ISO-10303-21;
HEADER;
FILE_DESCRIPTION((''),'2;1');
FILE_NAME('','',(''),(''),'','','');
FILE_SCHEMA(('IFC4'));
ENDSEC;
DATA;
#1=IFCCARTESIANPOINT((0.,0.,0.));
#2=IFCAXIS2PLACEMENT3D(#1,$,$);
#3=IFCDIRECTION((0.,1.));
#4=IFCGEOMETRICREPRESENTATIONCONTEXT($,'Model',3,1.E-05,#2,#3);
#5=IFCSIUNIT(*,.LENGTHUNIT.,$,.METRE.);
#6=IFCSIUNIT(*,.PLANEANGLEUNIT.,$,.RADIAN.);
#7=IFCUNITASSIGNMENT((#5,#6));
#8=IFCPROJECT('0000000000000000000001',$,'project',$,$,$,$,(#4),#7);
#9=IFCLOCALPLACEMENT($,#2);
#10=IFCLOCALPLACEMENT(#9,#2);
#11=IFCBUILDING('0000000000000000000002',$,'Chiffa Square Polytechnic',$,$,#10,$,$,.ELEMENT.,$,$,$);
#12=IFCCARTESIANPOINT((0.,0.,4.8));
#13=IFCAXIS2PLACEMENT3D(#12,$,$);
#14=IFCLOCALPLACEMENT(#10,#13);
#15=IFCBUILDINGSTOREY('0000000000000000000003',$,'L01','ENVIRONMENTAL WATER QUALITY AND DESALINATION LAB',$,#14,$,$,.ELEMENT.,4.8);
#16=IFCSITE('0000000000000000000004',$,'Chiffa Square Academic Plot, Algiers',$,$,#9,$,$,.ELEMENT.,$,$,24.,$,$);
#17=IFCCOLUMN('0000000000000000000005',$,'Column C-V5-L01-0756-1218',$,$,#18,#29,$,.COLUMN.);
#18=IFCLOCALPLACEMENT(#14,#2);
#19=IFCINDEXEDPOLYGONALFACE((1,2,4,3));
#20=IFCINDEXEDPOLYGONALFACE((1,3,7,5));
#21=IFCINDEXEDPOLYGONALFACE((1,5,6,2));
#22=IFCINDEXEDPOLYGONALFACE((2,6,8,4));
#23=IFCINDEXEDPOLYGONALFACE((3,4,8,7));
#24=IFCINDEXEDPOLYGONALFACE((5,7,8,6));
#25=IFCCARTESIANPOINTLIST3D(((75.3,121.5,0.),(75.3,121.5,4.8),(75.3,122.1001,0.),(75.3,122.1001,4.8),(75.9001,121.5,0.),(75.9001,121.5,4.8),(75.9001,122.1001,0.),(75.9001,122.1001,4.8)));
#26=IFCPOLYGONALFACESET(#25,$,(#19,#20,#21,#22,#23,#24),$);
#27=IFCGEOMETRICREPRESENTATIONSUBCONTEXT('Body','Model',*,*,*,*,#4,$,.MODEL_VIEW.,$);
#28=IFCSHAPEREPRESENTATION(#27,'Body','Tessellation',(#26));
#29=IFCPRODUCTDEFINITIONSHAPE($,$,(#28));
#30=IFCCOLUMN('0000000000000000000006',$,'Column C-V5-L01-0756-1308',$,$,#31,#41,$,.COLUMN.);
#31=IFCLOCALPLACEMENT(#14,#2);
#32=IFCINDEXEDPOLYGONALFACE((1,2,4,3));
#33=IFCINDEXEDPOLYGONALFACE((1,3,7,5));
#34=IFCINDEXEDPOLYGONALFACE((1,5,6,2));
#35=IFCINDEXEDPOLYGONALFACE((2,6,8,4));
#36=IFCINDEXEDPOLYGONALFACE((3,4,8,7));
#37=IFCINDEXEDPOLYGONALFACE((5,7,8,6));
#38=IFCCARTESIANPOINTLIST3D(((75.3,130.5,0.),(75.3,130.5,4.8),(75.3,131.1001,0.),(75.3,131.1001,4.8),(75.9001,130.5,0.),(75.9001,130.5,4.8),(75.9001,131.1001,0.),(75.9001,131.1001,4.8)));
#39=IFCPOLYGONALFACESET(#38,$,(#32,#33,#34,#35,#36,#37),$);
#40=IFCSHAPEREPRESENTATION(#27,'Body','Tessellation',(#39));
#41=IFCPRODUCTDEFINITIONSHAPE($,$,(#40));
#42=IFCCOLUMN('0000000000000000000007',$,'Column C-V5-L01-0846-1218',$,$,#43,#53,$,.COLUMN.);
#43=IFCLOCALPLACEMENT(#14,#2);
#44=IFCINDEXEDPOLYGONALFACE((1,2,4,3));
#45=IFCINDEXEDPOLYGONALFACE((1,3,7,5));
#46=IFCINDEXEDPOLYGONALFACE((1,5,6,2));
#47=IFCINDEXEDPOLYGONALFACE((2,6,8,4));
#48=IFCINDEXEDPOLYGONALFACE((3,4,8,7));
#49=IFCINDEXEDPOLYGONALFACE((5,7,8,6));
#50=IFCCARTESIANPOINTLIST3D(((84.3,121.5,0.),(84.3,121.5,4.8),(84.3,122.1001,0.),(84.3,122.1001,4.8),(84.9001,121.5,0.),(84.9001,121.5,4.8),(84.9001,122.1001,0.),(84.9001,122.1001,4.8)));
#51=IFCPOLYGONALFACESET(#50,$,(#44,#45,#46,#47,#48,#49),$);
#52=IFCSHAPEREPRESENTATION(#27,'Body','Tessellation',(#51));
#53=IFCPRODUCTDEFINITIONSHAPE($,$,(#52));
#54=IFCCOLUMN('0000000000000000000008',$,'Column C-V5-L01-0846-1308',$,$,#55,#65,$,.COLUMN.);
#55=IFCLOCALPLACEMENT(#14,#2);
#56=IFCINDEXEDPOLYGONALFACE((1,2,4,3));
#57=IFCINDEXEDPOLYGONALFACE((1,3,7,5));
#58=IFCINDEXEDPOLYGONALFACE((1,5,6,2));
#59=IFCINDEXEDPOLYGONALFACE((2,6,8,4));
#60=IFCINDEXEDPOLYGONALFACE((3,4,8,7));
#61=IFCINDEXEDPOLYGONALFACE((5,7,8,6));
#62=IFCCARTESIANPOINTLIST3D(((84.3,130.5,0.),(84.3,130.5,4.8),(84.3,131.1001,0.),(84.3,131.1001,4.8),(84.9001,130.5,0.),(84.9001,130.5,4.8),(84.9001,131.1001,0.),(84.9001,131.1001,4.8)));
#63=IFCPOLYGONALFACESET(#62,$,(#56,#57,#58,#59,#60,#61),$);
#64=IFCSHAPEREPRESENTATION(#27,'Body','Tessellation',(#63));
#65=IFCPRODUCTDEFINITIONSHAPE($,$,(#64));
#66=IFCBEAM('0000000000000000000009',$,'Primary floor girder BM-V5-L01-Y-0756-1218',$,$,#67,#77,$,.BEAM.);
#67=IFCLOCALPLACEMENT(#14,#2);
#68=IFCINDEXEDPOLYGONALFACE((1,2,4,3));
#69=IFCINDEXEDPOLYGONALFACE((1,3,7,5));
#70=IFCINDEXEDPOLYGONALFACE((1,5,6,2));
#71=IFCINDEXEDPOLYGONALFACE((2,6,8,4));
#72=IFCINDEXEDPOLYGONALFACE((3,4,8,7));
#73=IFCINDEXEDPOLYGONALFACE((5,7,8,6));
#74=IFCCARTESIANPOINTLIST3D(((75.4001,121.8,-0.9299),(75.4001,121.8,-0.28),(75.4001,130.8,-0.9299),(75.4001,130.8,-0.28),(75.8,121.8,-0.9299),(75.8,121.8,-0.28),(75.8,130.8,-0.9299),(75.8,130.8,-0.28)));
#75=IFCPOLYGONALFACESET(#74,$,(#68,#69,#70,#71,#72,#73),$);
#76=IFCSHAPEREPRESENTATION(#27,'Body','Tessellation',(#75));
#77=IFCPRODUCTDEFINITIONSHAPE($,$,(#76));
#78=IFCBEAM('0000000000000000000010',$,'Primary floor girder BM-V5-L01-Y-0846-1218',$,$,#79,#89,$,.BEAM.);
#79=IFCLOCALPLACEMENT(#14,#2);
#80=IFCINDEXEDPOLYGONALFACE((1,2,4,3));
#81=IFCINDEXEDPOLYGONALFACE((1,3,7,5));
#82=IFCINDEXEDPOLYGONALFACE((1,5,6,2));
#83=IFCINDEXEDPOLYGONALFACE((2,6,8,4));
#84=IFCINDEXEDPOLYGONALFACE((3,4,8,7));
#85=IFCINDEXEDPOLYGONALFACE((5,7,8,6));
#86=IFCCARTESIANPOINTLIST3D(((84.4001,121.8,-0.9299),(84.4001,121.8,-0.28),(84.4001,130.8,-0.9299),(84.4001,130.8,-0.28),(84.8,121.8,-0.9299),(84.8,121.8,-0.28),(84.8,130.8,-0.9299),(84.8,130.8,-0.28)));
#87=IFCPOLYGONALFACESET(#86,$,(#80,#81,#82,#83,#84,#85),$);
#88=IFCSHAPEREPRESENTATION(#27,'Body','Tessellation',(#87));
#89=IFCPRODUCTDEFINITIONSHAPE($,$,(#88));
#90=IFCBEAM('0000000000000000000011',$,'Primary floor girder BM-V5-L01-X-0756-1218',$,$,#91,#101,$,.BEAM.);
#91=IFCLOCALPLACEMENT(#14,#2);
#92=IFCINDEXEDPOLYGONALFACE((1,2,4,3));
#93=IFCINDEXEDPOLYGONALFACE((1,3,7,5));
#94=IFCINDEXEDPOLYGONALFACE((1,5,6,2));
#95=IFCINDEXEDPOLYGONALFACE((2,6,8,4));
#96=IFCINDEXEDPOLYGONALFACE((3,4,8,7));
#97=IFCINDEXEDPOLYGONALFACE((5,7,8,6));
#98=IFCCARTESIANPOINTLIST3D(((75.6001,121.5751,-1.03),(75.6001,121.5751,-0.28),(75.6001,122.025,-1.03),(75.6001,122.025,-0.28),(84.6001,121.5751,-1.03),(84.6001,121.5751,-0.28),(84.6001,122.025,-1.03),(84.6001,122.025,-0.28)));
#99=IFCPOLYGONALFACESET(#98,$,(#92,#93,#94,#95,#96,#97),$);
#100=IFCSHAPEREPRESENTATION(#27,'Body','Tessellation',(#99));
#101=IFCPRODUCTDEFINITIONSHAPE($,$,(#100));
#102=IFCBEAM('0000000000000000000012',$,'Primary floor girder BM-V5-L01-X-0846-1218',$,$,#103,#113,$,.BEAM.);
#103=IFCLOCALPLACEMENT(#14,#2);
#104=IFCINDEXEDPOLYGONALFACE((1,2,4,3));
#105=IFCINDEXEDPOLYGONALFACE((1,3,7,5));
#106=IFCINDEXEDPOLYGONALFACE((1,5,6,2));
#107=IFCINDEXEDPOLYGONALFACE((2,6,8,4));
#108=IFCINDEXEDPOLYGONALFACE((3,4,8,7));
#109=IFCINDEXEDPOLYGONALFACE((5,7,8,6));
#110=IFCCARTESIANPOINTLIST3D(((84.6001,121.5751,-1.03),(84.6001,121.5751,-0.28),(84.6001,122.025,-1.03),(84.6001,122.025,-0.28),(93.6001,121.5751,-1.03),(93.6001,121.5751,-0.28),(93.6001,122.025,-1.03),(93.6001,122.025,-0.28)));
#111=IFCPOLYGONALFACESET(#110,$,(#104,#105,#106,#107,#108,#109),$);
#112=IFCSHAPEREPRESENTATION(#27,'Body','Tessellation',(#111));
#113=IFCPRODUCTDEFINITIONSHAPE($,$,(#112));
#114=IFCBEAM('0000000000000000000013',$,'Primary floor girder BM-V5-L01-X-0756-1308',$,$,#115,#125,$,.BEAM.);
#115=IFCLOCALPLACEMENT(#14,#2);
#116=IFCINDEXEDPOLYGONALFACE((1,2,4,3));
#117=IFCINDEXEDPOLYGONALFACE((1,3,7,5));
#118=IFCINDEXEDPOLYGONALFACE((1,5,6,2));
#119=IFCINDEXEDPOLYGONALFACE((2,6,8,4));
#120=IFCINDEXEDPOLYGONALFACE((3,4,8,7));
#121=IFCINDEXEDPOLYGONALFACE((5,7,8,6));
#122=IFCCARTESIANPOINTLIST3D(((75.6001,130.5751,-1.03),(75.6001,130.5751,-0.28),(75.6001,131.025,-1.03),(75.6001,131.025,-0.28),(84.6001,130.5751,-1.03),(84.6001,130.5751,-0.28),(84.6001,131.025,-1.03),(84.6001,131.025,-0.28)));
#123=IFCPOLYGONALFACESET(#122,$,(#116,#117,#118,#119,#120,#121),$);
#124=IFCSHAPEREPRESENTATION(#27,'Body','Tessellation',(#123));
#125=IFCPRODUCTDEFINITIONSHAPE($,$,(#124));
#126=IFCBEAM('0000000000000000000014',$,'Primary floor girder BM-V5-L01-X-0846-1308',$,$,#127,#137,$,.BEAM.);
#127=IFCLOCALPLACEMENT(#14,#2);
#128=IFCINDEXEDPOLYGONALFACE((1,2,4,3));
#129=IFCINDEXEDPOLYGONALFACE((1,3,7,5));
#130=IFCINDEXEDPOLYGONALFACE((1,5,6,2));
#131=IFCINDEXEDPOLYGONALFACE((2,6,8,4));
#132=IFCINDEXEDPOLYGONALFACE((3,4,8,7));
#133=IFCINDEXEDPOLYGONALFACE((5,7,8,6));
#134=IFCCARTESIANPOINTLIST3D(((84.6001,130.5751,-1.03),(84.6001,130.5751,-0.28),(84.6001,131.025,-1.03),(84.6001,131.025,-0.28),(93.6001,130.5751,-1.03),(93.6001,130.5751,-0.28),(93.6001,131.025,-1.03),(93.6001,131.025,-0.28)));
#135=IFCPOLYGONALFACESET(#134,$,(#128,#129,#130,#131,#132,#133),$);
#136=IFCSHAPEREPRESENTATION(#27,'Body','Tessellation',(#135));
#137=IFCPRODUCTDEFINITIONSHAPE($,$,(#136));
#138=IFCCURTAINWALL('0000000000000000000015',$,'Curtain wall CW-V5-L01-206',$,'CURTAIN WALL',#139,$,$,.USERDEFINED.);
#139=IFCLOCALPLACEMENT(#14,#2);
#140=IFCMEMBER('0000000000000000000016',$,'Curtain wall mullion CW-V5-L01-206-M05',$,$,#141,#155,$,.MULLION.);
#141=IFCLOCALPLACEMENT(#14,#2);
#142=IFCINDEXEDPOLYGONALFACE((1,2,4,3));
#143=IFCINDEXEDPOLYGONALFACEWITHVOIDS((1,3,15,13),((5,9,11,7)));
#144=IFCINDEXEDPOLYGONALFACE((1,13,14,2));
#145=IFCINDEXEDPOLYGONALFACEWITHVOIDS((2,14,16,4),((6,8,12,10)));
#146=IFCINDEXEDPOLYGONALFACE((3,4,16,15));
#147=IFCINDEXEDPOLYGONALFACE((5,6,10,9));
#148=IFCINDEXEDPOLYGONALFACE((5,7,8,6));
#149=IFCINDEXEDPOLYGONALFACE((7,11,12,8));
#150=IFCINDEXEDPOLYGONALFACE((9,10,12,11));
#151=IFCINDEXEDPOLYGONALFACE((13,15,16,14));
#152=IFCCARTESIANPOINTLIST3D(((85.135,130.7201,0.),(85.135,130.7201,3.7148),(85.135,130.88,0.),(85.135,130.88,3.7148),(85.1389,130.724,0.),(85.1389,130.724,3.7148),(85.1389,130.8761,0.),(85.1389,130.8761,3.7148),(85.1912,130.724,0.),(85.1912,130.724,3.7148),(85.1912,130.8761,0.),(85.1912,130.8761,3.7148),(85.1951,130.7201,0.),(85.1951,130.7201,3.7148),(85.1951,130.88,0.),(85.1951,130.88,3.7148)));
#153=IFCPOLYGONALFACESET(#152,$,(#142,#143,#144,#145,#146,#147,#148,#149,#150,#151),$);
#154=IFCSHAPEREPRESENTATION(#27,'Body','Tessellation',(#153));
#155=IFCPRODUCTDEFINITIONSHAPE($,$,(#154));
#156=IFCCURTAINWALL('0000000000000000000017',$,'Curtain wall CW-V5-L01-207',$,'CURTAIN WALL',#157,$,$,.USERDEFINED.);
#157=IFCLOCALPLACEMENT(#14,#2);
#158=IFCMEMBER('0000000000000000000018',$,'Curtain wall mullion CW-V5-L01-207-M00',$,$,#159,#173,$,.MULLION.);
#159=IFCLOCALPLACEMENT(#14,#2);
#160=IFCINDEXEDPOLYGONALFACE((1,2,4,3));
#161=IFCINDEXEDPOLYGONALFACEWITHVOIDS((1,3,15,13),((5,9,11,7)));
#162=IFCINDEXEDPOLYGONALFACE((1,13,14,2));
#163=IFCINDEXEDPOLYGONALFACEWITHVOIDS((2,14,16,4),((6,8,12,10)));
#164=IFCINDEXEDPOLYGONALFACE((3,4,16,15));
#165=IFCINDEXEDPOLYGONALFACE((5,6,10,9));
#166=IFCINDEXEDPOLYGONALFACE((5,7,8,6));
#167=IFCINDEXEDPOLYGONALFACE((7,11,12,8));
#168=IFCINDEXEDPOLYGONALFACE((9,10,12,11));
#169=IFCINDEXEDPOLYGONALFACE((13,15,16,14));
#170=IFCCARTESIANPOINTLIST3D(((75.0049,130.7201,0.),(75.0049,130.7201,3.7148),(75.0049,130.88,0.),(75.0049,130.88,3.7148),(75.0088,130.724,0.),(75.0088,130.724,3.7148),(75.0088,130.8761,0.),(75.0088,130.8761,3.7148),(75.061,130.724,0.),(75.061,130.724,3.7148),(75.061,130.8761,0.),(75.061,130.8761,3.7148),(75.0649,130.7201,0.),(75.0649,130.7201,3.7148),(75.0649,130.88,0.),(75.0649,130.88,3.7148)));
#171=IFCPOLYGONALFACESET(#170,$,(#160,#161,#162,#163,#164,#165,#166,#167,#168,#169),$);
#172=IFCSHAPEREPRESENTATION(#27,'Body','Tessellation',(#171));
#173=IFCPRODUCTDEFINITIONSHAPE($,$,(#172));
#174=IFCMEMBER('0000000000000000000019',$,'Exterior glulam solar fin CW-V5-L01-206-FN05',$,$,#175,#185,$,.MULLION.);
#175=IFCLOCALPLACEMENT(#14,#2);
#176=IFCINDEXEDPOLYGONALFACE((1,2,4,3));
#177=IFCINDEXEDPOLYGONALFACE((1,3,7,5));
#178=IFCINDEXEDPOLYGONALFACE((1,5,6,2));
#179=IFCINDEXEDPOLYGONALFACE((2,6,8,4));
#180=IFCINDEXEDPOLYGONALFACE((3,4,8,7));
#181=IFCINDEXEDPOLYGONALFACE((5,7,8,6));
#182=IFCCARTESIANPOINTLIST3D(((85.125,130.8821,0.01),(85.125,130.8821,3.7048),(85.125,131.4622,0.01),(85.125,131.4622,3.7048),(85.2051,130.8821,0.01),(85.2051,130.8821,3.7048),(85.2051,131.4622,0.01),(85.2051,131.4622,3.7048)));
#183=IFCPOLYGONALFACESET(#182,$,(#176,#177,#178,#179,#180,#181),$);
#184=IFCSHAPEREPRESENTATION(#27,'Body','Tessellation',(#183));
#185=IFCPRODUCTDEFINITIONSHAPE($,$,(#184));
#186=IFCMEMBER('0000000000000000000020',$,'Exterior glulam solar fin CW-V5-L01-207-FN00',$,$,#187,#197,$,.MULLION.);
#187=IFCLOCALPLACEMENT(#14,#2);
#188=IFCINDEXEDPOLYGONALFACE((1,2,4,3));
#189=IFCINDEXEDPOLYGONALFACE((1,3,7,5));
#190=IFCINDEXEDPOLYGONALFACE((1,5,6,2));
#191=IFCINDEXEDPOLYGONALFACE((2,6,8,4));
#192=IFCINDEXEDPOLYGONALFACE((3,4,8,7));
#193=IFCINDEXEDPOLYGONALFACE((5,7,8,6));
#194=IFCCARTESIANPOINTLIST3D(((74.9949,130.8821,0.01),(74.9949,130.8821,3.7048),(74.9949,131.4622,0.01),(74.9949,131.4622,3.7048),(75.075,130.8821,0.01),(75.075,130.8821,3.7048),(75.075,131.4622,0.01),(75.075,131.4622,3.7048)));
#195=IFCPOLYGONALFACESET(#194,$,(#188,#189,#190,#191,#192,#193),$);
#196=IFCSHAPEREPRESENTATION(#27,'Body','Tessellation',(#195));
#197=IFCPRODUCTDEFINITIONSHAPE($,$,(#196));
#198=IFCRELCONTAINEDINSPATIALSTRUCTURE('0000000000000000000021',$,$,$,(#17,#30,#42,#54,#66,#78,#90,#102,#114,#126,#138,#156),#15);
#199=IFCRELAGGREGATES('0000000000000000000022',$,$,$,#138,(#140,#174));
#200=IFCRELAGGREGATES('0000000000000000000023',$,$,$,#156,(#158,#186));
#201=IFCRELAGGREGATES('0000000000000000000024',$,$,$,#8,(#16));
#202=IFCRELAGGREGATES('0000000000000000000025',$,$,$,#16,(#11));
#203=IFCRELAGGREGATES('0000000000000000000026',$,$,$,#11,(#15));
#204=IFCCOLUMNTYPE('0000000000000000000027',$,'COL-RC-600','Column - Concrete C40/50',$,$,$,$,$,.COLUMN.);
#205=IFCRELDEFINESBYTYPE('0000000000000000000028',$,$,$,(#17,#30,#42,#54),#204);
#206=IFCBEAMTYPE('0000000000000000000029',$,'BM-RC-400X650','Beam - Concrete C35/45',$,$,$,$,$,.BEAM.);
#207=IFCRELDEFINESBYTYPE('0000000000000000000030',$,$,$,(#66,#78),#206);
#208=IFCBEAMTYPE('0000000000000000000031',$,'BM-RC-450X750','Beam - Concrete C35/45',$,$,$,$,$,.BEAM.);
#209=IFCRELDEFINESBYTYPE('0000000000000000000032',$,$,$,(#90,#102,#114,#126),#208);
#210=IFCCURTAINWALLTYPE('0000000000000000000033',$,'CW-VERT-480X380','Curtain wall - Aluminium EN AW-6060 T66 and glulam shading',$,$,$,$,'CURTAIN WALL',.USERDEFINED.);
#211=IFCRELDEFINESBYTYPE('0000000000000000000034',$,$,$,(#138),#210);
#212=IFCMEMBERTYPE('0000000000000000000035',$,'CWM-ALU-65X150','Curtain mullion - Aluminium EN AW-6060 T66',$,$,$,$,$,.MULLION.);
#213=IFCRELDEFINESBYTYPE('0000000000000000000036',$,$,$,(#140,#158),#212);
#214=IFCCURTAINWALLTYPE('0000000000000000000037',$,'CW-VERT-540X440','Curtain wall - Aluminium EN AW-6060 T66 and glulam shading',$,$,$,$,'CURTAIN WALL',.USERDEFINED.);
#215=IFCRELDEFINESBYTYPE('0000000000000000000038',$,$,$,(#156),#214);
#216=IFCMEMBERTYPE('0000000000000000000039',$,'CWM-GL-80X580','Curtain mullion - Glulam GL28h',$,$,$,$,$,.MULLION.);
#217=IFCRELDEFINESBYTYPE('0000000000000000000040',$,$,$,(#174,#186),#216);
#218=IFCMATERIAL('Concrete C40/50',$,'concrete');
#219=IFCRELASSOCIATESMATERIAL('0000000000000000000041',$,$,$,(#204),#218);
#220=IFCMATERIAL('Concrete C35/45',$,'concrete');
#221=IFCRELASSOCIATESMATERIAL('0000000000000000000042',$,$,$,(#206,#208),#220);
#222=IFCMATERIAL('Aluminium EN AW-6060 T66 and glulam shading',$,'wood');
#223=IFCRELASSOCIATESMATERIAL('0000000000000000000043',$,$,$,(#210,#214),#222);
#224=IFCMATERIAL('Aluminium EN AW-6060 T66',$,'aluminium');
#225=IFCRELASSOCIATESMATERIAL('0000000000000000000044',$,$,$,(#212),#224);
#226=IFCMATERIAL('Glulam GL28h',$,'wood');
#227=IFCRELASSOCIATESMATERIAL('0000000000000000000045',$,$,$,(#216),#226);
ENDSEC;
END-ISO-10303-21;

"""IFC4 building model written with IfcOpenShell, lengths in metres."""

from ifc_helpers import new_model, si_unit, direction, frame, origin, origin_2d, place, context, subcontext, project, spatial, rectangle, hollow_rectangle, extrude, material, material_profile, profile_set, type_object, element, aggregate, save


model = new_model("IFC4")

# Units and contexts
model_context = context("Model", 3, precision=1e-05, world=origin(), true_north=direction((0.0, 1.0)))
body_context = subcontext(model_context, "Body", "Model", "MODEL_VIEW")
ifc_project = project(units=[si_unit("LENGTHUNIT", "METRE"), si_unit("PLANEANGLEUNIT", "RADIAN")], contexts=[model_context])

# Site, building, storey
site_placement = place(None, origin())
site = spatial("IfcSite", under=ifc_project, at=site_placement, Name="Chiffa Square Academic Plot, Algiers", CompositionType="ELEMENT", RefElevation=24.0)
building_placement = place(site_placement, origin())
building = spatial("IfcBuilding", under=site, at=building_placement, Name="Chiffa Square Polytechnic", CompositionType="ELEMENT")
storey_placement = place(building_placement, frame((0.0, 0.0, 4.8)))
storey = spatial("IfcBuildingStorey", under=building, at=storey_placement, Name="L01", Description="ENVIRONMENTAL WATER QUALITY AND DESALINATION LAB", CompositionType="ELEMENT", Elevation=4.8)

# Columns
ifc_material_1 = material(Name="Concrete C40/50", Category="concrete")
ifc_material_profile_1 = material_profile(ifc_material_1, rectangle(XDim=0.6001, YDim=0.6001, at=origin_2d()), Name="RC 600x600")
ifc_profile_set_1 = profile_set([ifc_material_profile_1], Name="Concrete C40/50")
column_type = type_object("IfcColumnType", Name="COL-RC-600", Description="Column - Concrete C40/50", PredefinedType="COLUMN", material=ifc_profile_set_1)
for number, where, z_axis, x_axis, name in (
    (1, (75.6001, 121.8, 0.0), (0.0, 0.0, 1.0), (1.0, 0.0, 0.0), "Column C-V5-L01-0756-1218"),
    (2, (75.6001, 130.8, 0.0), (0.0, 0.0, 1.0), (1.0, 0.0, 0.0), "Column C-V5-L01-0756-1308"),
    (3, (84.6001, 121.8, 0.0), (0.0, 0.0, 1.0), (1.0, 0.0, 0.0), "Column C-V5-L01-0846-1218"),
    (4, (84.6001, 130.8, 0.0), (0.0, 0.0, 1.0), (1.0, 0.0, 0.0), "Column C-V5-L01-0846-1308"),
):
    element("IfcColumn", number, at=place(storey_placement, frame(where, z_axis=z_axis, x_axis=x_axis)), inside=storey, type_object=column_type, Name=name, PredefinedType="COLUMN", context=body_context, shape_type="SweptSolid", body=[
        extrude(rectangle(XDim=0.6001, YDim=0.6001, at=origin_2d()), origin(), (0.0, 0.0, 1.0), 4.8),
    ])

# Beams
ifc_material_2 = material(Name="Concrete C35/45", Category="concrete")
ifc_material_profile_2 = material_profile(ifc_material_2, rectangle(XDim=0.3999, YDim=0.6499, at=origin_2d()), Name="RC 400x650")
ifc_profile_set_2 = profile_set([ifc_material_profile_2], Name="Concrete C35/45")
beam_type_1 = type_object("IfcBeamType", Name="BM-RC-400X650", Description="Beam - Concrete C35/45", PredefinedType="BEAM", material=ifc_profile_set_2)
for number, where, z_axis, x_axis, name in (
    (5, (75.6001, 121.8, -0.605), (0.0, 1.0, 0.0), (-1.0, 0.0, 0.0), "Primary floor girder BM-V5-L01-Y-0756-1218"),
    (6, (84.6001, 121.8, -0.605), (0.0, 1.0, 0.0), (-1.0, 0.0, 0.0), "Primary floor girder BM-V5-L01-Y-0846-1218"),
):
    element("IfcBeam", number, at=place(storey_placement, frame(where, z_axis=z_axis, x_axis=x_axis)), inside=storey, type_object=beam_type_1, Name=name, PredefinedType="BEAM", context=body_context, shape_type="SweptSolid", body=[
        extrude(rectangle(XDim=0.3999, YDim=0.6499, at=origin_2d()), origin(), (0.0, 0.0, 1.0), 9.0),
    ])
ifc_material_profile_3 = material_profile(ifc_material_2, rectangle(XDim=0.45, YDim=0.75, at=origin_2d()), Name="RC 450x750")
ifc_profile_set_3 = profile_set([ifc_material_profile_3], Name="Concrete C35/45")
beam_type_2 = type_object("IfcBeamType", Name="BM-RC-450X750", Description="Beam - Concrete C35/45", PredefinedType="BEAM", material=ifc_profile_set_3)
for number, where, z_axis, x_axis, name in (
    (7, (75.6001, 121.8, -0.655), (1.0, 0.0, 0.0), (0.0, 1.0, 0.0), "Primary floor girder BM-V5-L01-X-0756-1218"),
    (8, (84.6001, 121.8, -0.655), (1.0, 0.0, 0.0), (0.0, 1.0, 0.0), "Primary floor girder BM-V5-L01-X-0846-1218"),
    (9, (75.6001, 130.8, -0.655), (1.0, 0.0, 0.0), (0.0, 1.0, 0.0), "Primary floor girder BM-V5-L01-X-0756-1308"),
    (10, (84.6001, 130.8, -0.655), (1.0, 0.0, 0.0), (0.0, 1.0, 0.0), "Primary floor girder BM-V5-L01-X-0846-1308"),
):
    element("IfcBeam", number, at=place(storey_placement, frame(where, z_axis=z_axis, x_axis=x_axis)), inside=storey, type_object=beam_type_2, Name=name, PredefinedType="BEAM", context=body_context, shape_type="SweptSolid", body=[
        extrude(rectangle(XDim=0.45, YDim=0.75, at=origin_2d()), origin(), (0.0, 0.0, 1.0), 9.0),
    ])

# Curtain walls, members
ifc_material_3 = material(Name="Aluminium EN AW-6060 T66 and glulam shading", Category="wood")
curtain_wall_type_1 = type_object("IfcCurtainWallType", Name="CW-VERT-480X380", Description="Curtain wall - Aluminium EN AW-6060 T66 and glulam shading", ElementType="CURTAIN WALL", PredefinedType="USERDEFINED", material=ifc_material_3)
curtain_wall_1_placement = place(storey_placement, origin())
curtain_wall_1 = element("IfcCurtainWall", 11, at=curtain_wall_1_placement, inside=storey, type_object=curtain_wall_type_1, Name="Curtain wall CW-V5-L01-206", ObjectType="CURTAIN WALL", PredefinedType="USERDEFINED")
ifc_material_4 = material(Name="Aluminium EN AW-6060 T66", Category="aluminium")
ifc_material_profile_4 = material_profile(ifc_material_4, hollow_rectangle(XDim=0.0601, YDim=0.1599, WallThickness=0.0039, at=origin_2d()), Name="ALU 60x160x4")
ifc_profile_set_4 = profile_set([ifc_material_profile_4], Name="Aluminium EN AW-6060 T66")
member_type_1 = type_object("IfcMemberType", Name="CWM-ALU-65X150", Description="Curtain mullion - Aluminium EN AW-6060 T66", PredefinedType="MULLION", material=ifc_profile_set_4)
member_1_placement = place(storey_placement, frame((85.165, 130.8, 0.0), z_axis=(0.0, 0.0, 1.0), x_axis=(1.0, 0.0, 0.0)))
member_1 = element("IfcMember", 12, at=member_1_placement, type_object=member_type_1, Name="Curtain wall mullion CW-V5-L01-206-M05", PredefinedType="MULLION", context=body_context, shape_type="SweptSolid", body=[
    extrude(hollow_rectangle(XDim=0.0601, YDim=0.1599, WallThickness=0.0039, at=origin_2d()), origin(), (0.0, 0.0, 1.0), 3.7148),
])
curtain_wall_type_2 = type_object("IfcCurtainWallType", Name="CW-VERT-540X440", Description="Curtain wall - Aluminium EN AW-6060 T66 and glulam shading", ElementType="CURTAIN WALL", PredefinedType="USERDEFINED", material=ifc_material_3)
curtain_wall_2_placement = place(storey_placement, origin())
curtain_wall_2 = element("IfcCurtainWall", 13, at=curtain_wall_2_placement, inside=storey, type_object=curtain_wall_type_2, Name="Curtain wall CW-V5-L01-207", ObjectType="CURTAIN WALL", PredefinedType="USERDEFINED")
member_2_placement = place(storey_placement, frame((75.0349, 130.8, 0.0), z_axis=(0.0, 0.0, 1.0), x_axis=(1.0, 0.0, 0.0)))
member_2 = element("IfcMember", 14, at=member_2_placement, type_object=member_type_1, Name="Curtain wall mullion CW-V5-L01-207-M00", PredefinedType="MULLION", context=body_context, shape_type="SweptSolid", body=[
    extrude(hollow_rectangle(XDim=0.0601, YDim=0.1599, WallThickness=0.0039, at=origin_2d()), origin(), (0.0, 0.0, 1.0), 3.7148),
])

# Members
ifc_material_5 = material(Name="Glulam GL28h", Category="wood")
ifc_material_profile_5 = material_profile(ifc_material_5, rectangle(XDim=0.0801, YDim=0.5801, at=origin_2d()), Name="GL28h 80x580")
ifc_profile_set_5 = profile_set([ifc_material_profile_5], Name="Glulam GL28h")
member_type_2 = type_object("IfcMemberType", Name="CWM-GL-80X580", Description="Curtain mullion - Glulam GL28h", PredefinedType="MULLION", material=ifc_profile_set_5)
member_3_placement = place(storey_placement, frame((85.165, 131.1721, 0.01), z_axis=(0.0, 0.0, 1.0), x_axis=(-1.0, 0.0, 0.0)))
member_3 = element("IfcMember", 15, at=member_3_placement, type_object=member_type_2, Name="Exterior glulam solar fin CW-V5-L01-206-FN05", PredefinedType="MULLION", context=body_context, shape_type="SweptSolid", body=[
    extrude(rectangle(XDim=0.0801, YDim=0.5801, at=origin_2d()), origin(), (0.0, 0.0, 1.0), 3.6948),
])
aggregate(curtain_wall_1, [member_1, member_3])
member_4_placement = place(storey_placement, frame((75.0349, 131.1721, 0.01), z_axis=(0.0, 0.0, 1.0), x_axis=(-1.0, 0.0, 0.0)))
member_4 = element("IfcMember", 16, at=member_4_placement, type_object=member_type_2, Name="Exterior glulam solar fin CW-V5-L01-207-FN00", PredefinedType="MULLION", context=body_context, shape_type="SweptSolid", body=[
    extrude(rectangle(XDim=0.0801, YDim=0.5801, at=origin_2d()), origin(), (0.0, 0.0, 1.0), 3.6948),
])

aggregate(curtain_wall_2, [member_2, member_4])

save(model, "model.ifc")
